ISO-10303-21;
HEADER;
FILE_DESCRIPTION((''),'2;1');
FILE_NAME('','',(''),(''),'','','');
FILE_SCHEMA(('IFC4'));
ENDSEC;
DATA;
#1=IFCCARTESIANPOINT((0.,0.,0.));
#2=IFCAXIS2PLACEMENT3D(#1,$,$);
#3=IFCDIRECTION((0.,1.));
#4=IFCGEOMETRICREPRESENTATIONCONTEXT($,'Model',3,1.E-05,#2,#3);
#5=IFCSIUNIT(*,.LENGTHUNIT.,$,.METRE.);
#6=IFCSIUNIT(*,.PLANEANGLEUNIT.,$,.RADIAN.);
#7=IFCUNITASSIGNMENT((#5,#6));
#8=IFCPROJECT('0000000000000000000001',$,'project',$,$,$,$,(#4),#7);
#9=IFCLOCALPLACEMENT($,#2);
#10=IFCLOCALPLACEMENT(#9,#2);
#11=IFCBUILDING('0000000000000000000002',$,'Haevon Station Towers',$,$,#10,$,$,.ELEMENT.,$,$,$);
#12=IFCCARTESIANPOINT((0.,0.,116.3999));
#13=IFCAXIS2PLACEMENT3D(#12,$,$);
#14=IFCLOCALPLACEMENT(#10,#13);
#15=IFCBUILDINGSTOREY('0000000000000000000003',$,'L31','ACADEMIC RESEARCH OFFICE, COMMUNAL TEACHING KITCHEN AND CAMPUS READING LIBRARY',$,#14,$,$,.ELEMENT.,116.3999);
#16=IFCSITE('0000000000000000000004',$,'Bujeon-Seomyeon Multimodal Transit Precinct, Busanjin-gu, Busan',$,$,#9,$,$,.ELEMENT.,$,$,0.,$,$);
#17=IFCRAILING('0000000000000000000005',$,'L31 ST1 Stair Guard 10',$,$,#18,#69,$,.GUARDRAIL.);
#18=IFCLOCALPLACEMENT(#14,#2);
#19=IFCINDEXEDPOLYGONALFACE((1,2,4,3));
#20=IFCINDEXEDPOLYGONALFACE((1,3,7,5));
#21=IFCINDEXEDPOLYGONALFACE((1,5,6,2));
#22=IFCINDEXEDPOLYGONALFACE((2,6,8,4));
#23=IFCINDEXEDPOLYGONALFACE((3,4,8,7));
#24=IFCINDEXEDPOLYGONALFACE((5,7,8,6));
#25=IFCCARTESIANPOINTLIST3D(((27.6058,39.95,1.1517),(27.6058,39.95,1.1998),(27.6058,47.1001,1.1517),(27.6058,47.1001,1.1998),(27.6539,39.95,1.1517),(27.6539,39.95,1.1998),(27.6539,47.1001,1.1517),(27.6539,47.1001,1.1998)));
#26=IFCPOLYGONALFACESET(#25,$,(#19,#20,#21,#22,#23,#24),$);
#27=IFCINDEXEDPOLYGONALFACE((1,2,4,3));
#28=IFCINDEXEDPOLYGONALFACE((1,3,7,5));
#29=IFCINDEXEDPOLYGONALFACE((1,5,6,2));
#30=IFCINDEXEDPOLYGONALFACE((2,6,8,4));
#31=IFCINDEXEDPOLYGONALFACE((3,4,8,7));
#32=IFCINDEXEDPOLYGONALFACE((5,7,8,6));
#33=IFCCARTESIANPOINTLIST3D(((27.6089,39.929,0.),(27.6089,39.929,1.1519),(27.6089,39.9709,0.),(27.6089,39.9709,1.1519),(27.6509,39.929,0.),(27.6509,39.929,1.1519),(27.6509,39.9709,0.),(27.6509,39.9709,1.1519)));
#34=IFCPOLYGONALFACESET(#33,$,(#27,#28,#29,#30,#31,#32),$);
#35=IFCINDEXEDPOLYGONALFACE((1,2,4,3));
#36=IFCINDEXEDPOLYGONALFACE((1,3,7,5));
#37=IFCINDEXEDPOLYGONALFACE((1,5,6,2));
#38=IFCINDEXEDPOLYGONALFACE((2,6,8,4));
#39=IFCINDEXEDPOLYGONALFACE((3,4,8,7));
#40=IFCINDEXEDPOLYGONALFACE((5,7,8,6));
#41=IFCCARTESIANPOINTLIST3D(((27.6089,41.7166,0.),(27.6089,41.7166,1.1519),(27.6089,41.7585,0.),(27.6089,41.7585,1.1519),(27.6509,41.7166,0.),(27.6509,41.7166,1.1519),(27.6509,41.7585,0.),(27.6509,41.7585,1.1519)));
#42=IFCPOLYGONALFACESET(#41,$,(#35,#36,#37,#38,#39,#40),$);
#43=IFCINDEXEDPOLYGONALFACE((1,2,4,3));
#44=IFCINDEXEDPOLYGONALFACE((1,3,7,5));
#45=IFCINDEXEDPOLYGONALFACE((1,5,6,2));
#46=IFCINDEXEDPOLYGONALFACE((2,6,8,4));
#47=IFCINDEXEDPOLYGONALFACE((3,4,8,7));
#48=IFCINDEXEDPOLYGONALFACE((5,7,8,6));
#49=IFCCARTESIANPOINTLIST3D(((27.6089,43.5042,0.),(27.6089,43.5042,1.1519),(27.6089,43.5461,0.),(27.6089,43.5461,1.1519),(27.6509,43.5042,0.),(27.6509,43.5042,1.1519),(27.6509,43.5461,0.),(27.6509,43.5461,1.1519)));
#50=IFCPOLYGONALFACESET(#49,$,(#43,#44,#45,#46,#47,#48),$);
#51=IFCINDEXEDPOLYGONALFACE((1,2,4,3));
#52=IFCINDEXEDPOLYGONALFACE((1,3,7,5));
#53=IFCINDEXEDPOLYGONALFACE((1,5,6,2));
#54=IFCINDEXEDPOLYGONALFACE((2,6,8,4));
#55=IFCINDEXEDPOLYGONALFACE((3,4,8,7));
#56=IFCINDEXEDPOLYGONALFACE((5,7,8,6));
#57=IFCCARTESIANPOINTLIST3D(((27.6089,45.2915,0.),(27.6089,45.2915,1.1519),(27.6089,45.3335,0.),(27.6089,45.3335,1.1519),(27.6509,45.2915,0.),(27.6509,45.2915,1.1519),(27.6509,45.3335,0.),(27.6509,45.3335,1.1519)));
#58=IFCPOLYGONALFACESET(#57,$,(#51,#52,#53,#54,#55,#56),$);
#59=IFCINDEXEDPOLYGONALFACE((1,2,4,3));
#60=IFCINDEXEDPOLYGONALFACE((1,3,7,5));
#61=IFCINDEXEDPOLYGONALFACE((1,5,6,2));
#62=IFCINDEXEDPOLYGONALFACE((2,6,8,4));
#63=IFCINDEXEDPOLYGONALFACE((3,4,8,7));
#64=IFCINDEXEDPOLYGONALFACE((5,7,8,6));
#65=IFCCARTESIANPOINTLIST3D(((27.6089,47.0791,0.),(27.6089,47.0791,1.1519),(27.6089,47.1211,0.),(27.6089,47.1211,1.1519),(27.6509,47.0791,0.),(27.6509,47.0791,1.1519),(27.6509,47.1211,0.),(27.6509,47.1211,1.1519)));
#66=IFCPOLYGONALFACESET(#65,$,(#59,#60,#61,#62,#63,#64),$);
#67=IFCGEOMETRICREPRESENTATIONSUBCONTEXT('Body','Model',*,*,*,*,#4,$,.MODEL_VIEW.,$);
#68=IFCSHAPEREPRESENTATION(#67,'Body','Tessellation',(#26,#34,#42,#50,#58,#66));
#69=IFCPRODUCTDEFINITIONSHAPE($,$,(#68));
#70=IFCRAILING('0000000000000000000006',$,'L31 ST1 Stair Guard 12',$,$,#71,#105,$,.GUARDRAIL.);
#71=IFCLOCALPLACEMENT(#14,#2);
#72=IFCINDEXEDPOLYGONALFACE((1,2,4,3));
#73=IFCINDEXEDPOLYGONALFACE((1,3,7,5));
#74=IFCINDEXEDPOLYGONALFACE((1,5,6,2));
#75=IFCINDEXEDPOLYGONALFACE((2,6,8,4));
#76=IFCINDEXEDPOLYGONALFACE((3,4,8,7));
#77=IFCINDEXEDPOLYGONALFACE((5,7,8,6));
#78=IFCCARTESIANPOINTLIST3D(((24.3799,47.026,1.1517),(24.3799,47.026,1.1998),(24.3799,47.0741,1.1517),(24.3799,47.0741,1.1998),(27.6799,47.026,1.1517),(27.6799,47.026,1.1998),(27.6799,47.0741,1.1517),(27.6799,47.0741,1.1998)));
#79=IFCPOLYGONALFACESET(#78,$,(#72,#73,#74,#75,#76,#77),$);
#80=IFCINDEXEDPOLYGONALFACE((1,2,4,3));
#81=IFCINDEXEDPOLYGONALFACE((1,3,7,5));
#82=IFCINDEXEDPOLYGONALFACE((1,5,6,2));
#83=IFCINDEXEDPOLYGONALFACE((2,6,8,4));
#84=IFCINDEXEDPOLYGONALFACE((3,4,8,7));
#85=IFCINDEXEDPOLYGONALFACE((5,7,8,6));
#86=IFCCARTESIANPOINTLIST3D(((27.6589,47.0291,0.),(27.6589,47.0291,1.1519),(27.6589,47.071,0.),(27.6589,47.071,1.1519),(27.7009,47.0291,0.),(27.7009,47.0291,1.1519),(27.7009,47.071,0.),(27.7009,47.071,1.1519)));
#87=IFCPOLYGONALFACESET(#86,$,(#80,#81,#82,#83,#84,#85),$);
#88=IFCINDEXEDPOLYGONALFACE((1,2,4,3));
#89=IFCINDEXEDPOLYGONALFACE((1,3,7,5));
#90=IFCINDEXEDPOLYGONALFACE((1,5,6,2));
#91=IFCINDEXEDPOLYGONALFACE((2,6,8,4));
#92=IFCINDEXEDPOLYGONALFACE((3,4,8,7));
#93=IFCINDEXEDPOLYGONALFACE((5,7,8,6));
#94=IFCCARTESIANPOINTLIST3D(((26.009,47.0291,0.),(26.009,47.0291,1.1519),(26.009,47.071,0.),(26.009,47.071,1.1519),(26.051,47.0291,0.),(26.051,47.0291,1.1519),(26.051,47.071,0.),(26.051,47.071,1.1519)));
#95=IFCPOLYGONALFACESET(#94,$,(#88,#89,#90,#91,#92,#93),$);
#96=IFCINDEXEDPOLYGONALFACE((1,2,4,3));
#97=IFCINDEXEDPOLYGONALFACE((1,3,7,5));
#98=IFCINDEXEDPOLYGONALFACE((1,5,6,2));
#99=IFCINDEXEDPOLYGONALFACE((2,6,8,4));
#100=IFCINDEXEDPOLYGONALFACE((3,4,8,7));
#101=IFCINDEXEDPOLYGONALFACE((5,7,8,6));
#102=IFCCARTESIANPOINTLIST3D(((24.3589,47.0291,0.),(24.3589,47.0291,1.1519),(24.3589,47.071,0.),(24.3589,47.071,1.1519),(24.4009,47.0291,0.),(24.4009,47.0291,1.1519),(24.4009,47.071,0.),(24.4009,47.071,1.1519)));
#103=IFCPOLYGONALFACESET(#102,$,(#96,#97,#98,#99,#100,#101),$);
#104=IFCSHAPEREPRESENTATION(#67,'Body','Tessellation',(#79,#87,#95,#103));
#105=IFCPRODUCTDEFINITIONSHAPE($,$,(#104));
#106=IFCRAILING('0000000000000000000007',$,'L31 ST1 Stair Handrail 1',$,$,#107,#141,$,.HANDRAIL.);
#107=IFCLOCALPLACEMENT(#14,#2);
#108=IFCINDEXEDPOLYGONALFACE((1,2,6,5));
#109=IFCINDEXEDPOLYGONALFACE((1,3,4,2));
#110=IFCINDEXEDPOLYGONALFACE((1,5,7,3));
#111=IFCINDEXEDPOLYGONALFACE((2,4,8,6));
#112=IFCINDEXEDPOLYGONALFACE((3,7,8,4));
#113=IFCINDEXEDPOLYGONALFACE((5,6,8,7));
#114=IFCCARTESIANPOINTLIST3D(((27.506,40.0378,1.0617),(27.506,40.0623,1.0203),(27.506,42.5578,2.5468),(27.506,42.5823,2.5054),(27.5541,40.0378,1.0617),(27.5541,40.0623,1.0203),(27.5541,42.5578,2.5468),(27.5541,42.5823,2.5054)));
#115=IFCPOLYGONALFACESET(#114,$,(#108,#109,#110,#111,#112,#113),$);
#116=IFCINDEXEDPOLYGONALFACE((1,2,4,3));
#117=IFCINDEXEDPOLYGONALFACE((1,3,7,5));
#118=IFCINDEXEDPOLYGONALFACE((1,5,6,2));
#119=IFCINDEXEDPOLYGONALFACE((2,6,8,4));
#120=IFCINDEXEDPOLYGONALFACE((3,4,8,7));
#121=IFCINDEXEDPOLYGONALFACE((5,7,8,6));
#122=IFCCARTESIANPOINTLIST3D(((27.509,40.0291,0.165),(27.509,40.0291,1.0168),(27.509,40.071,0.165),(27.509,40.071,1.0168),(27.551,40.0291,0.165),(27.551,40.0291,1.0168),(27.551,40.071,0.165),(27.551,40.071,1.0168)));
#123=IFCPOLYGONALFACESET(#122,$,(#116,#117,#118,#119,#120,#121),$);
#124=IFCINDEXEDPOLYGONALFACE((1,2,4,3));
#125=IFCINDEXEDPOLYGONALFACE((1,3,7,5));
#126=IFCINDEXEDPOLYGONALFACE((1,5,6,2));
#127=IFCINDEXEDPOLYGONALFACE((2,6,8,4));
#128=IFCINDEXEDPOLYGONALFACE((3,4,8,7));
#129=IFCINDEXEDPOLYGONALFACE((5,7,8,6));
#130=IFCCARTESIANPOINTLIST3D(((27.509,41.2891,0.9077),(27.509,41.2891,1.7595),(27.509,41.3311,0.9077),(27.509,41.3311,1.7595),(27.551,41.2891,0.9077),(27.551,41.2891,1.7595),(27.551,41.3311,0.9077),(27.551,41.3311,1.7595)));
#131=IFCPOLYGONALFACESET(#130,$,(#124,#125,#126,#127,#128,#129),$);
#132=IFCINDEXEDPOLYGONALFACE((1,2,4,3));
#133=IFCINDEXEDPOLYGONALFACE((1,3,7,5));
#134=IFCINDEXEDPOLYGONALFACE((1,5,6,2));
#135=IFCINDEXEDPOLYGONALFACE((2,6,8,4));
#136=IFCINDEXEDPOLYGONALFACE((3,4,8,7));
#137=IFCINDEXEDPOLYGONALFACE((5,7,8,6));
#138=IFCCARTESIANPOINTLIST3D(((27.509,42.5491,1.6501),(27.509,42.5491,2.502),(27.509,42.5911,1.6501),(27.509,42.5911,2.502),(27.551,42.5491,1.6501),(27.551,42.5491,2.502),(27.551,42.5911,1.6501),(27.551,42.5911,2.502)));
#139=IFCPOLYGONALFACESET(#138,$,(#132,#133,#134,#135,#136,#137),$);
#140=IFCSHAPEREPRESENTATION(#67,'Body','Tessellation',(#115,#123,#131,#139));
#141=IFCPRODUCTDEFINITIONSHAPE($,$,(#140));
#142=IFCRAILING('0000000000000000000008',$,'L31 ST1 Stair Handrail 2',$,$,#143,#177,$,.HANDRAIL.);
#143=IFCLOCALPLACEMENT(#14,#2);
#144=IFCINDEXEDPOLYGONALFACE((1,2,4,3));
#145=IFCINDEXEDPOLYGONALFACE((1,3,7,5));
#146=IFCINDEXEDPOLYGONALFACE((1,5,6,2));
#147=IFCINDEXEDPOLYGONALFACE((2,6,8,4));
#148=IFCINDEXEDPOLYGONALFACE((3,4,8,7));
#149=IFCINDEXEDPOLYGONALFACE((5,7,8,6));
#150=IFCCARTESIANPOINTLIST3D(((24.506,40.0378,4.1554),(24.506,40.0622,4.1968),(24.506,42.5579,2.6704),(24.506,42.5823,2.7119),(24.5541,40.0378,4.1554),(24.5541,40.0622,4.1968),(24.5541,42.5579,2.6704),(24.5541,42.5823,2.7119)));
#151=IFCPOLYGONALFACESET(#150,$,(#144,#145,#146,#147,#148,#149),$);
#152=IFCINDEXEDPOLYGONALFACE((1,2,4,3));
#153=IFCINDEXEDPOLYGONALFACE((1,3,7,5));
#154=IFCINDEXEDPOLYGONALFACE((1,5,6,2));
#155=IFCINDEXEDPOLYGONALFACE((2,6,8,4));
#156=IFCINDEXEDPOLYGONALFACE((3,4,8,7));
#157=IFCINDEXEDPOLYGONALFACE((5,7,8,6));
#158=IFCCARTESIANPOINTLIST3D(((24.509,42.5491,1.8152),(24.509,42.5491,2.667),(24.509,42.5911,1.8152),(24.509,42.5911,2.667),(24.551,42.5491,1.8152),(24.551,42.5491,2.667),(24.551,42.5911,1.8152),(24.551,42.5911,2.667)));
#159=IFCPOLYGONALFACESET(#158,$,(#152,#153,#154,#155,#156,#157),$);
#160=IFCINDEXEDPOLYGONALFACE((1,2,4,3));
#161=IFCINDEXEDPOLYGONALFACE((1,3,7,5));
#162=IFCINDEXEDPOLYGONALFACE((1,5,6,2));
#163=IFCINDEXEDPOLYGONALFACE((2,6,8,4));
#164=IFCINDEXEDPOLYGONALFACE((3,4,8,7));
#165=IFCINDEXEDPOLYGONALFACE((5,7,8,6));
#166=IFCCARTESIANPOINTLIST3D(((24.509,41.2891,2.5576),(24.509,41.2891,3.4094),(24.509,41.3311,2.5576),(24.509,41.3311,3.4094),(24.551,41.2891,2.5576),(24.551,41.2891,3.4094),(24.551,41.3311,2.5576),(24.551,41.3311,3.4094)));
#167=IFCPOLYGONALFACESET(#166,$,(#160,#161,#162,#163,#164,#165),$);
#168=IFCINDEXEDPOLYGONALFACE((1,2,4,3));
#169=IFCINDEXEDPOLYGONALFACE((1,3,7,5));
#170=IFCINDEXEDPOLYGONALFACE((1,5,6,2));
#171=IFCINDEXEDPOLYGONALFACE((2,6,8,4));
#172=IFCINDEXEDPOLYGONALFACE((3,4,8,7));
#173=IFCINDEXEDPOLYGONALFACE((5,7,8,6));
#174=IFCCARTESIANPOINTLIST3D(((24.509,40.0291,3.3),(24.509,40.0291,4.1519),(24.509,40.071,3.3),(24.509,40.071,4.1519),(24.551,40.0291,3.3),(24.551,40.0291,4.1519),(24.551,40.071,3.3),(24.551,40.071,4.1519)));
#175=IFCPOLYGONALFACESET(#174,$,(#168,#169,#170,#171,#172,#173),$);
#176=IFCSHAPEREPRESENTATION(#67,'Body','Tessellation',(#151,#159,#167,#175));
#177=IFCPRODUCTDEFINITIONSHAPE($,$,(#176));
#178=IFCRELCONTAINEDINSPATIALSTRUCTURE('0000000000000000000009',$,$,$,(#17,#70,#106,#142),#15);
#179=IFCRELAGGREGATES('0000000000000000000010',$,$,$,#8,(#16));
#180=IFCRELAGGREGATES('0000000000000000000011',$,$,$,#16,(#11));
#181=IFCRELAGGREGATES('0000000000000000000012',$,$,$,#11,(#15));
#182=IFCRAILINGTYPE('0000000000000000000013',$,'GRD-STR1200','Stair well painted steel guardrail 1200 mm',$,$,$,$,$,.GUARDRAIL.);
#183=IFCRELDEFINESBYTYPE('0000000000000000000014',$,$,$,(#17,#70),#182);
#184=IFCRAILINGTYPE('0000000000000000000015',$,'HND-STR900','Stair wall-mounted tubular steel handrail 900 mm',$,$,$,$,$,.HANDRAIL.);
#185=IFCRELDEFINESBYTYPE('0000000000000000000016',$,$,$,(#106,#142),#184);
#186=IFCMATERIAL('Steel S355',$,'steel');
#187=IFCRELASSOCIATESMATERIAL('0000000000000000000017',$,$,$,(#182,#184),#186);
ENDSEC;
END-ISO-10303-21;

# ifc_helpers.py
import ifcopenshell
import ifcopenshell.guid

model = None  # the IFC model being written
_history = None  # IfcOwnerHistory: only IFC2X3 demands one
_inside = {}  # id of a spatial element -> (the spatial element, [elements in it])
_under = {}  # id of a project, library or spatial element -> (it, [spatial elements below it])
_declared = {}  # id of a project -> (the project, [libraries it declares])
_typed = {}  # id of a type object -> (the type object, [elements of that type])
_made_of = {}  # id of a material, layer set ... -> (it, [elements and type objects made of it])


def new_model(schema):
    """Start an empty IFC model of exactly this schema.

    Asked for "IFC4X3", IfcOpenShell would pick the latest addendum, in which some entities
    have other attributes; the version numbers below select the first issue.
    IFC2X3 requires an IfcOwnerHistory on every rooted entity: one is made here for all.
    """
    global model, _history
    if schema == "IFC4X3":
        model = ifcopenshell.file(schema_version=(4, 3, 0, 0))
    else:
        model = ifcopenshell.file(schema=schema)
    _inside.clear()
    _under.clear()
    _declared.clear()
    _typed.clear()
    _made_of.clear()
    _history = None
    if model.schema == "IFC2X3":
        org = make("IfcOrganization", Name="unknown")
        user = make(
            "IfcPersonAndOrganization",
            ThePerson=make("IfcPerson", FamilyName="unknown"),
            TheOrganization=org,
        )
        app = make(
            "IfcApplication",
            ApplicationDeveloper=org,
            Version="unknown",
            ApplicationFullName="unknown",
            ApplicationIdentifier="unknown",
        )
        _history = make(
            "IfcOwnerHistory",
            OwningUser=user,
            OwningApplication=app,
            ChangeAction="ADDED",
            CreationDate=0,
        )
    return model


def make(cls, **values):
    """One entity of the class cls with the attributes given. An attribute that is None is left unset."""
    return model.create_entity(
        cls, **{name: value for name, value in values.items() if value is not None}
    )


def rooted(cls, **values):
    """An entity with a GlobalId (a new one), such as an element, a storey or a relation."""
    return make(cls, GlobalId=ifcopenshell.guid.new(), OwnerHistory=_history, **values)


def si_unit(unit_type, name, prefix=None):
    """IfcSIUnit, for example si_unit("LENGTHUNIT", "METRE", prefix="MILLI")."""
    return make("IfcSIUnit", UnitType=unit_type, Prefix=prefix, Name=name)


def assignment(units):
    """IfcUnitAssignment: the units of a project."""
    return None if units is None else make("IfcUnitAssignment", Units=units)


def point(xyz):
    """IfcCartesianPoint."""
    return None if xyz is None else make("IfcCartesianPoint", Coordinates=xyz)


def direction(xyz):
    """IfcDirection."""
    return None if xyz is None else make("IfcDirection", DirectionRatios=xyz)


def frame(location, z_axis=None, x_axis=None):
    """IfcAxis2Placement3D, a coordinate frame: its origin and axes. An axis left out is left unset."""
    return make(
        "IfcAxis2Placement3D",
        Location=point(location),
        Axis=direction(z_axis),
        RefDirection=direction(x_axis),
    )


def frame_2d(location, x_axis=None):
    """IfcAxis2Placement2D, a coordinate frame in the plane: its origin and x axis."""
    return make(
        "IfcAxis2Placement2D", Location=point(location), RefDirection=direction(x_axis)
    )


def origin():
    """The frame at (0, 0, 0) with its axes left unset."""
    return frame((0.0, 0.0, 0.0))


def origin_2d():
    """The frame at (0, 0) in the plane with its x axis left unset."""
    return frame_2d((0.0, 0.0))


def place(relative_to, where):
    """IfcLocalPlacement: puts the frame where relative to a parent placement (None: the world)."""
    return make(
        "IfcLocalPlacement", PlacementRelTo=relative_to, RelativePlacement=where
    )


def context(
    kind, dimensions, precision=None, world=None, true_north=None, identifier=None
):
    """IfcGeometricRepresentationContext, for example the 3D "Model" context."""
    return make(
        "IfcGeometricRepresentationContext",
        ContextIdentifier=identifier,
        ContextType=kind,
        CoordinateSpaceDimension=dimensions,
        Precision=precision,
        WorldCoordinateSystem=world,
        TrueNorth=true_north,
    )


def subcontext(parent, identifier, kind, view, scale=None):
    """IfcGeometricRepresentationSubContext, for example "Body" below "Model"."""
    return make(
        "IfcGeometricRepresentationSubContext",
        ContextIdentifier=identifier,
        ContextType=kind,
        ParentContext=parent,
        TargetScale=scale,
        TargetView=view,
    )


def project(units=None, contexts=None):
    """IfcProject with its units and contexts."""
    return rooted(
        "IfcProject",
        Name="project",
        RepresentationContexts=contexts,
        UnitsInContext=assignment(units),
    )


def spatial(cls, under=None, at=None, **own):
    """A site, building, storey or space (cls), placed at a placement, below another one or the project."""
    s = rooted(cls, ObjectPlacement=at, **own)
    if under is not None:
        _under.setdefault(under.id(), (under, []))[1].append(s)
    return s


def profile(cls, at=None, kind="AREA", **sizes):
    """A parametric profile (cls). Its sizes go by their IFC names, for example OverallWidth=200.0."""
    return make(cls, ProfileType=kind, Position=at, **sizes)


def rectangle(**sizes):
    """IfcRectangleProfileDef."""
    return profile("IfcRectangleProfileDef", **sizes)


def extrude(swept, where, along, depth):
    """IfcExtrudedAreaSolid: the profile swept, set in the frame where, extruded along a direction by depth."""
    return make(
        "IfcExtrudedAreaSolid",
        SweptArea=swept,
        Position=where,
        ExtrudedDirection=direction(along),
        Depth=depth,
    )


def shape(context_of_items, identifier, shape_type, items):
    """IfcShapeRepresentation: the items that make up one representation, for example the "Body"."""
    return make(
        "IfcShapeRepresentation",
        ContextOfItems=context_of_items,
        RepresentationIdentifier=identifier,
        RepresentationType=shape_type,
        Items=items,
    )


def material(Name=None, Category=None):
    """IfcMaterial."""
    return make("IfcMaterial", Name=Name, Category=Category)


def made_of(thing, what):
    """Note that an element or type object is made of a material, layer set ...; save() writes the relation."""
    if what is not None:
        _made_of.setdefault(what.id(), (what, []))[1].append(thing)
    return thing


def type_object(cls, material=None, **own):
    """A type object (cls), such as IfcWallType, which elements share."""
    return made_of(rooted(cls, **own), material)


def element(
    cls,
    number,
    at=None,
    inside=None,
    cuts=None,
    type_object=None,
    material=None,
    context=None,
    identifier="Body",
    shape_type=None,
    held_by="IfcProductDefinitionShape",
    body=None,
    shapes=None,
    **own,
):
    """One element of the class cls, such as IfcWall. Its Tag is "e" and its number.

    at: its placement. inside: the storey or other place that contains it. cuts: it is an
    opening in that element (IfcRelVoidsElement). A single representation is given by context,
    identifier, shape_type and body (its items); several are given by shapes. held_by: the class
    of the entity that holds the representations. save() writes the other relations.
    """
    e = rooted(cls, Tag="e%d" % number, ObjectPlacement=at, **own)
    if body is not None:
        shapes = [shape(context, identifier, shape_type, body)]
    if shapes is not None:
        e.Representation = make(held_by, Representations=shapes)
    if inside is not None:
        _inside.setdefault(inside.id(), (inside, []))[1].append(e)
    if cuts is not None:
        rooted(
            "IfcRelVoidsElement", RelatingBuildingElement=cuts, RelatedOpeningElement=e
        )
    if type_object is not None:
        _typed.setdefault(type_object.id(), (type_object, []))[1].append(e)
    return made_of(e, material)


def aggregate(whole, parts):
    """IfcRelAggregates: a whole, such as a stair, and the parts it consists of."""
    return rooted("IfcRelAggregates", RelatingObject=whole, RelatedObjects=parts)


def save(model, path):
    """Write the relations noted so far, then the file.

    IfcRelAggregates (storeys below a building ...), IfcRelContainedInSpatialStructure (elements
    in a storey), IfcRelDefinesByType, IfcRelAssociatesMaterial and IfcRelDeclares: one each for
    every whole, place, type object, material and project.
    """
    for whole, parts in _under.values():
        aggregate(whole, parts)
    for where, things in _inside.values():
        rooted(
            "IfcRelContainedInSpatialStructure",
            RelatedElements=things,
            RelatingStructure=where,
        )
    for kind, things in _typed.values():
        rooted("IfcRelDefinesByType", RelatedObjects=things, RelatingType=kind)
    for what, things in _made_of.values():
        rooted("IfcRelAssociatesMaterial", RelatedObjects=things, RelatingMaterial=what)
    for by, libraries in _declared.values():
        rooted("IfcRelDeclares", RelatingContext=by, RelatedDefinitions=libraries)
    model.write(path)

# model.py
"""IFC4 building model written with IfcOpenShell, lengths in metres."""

from ifc_helpers import new_model, si_unit, direction, frame, origin, origin_2d, place, context, subcontext, project, spatial, rectangle, extrude, material, type_object, element, save


model = new_model("IFC4")

# Units and contexts
model_context = context("Model", 3, precision=1e-05, world=origin(), true_north=direction((0.0, 1.0)))
body_context = subcontext(model_context, "Body", "Model", "MODEL_VIEW")
ifc_project = project(units=[si_unit("LENGTHUNIT", "METRE"), si_unit("PLANEANGLEUNIT", "RADIAN")], contexts=[model_context])

# Site, building, storey
site_placement = place(None, origin())
site = spatial("IfcSite", under=ifc_project, at=site_placement, Name="Bujeon-Seomyeon Multimodal Transit Precinct, Busanjin-gu, Busan", CompositionType="ELEMENT", RefElevation=0.0)
building_placement = place(site_placement, origin())
building = spatial("IfcBuilding", under=site, at=building_placement, Name="Haevon Station Towers", CompositionType="ELEMENT")
storey_placement = place(building_placement, frame((0.0, 0.0, 116.3999)))
storey = spatial("IfcBuildingStorey", under=building, at=storey_placement, Name="L31", Description="ACADEMIC RESEARCH OFFICE, COMMUNAL TEACHING KITCHEN AND CAMPUS READING LIBRARY", CompositionType="ELEMENT", Elevation=116.3999)

# Shared definitions
ifc_material_1 = material(Name="Steel S355", Category="steel")

# Railings
railing_type_1 = type_object("IfcRailingType", Name="GRD-STR1200", Description="Stair well painted steel guardrail 1200 mm", PredefinedType="GUARDRAIL", material=ifc_material_1)
railing_1_placement = place(storey_placement, frame((27.6299, 39.95, 0.0)))
element("IfcRailing", 1, at=railing_1_placement, inside=storey, type_object=railing_type_1, Name="L31 ST1 Stair Guard 10", PredefinedType="GUARDRAIL", context=body_context, shape_type="SweptSolid", body=[
    extrude(rectangle(XDim=0.0481, YDim=0.0481, at=origin_2d()), frame((0.0, 0.0, 1.1758), z_axis=(0.0, 1.0, 0.0), x_axis=(-1.0, 0.0, 0.0)), (0.0, 0.0, 1.0), 7.1501),
    extrude(rectangle(XDim=0.042, YDim=0.042, at=origin_2d()), origin(), (0.0, 0.0, 1.0), 1.1519),
    extrude(rectangle(XDim=0.042, YDim=0.042, at=origin_2d()), frame((0.0, 1.7876, 0.0)), (0.0, 0.0, 1.0), 1.1519),
    extrude(rectangle(XDim=0.042, YDim=0.042, at=origin_2d()), frame((0.0, 3.5752, 0.0)), (0.0, 0.0, 1.0), 1.1519),
    extrude(rectangle(XDim=0.042, YDim=0.042, at=origin_2d()), frame((0.0, 5.3625, 0.0)), (0.0, 0.0, 1.0), 1.1519),
    extrude(rectangle(XDim=0.042, YDim=0.042, at=origin_2d()), frame((0.0, 7.1501, 0.0)), (0.0, 0.0, 1.0), 1.1519),
])
railing_2_placement = place(storey_placement, frame((27.6799, 47.05, 0.0)))
element("IfcRailing", 2, at=railing_2_placement, inside=storey, type_object=railing_type_1, Name="L31 ST1 Stair Guard 12", PredefinedType="GUARDRAIL", context=body_context, shape_type="SweptSolid", body=[
    extrude(rectangle(XDim=0.0481, YDim=0.0481, at=origin_2d()), frame((0.0, 0.0, 1.1758), z_axis=(-1.0, 0.0, 0.0), x_axis=(0.0, -1.0, 0.0)), (0.0, 0.0, 1.0), 3.3),
    extrude(rectangle(XDim=0.042, YDim=0.042, at=origin_2d()), origin(), (0.0, 0.0, 1.0), 1.1519),
    extrude(rectangle(XDim=0.042, YDim=0.042, at=origin_2d()), frame((-1.6499, 0.0, 0.0)), (0.0, 0.0, 1.0), 1.1519),
    extrude(rectangle(XDim=0.042, YDim=0.042, at=origin_2d()), frame((-3.3, 0.0, 0.0)), (0.0, 0.0, 1.0), 1.1519),
])
railing_type_2 = type_object("IfcRailingType", Name="HND-STR900", Description="Stair wall-mounted tubular steel handrail 900 mm", PredefinedType="HANDRAIL", material=ifc_material_1)
railing_3_placement = place(storey_placement, frame((27.53, 40.05, 0.165)))
element("IfcRailing", 3, at=railing_3_placement, inside=storey, type_object=railing_type_2, Name="L31 ST1 Stair Handrail 1", PredefinedType="HANDRAIL", context=body_context, shape_type="SweptSolid", body=[
    extrude(rectangle(XDim=0.0481, YDim=0.0481, at=origin_2d()), frame((0.0, 0.0, 0.876), z_axis=(0.0, 0.861524, 0.507717), x_axis=(-1.0, 0.0, 0.0)), (0.0, 0.0, 1.0), 2.925),
    extrude(rectangle(XDim=0.042, YDim=0.042, at=origin_2d()), origin(), (0.0, 0.0, 1.0), 0.8518),
    extrude(rectangle(XDim=0.042, YDim=0.042, at=origin_2d()), frame((0.0, 1.26, 0.7427)), (0.0, 0.0, 1.0), 0.8518),
    extrude(rectangle(XDim=0.042, YDim=0.042, at=origin_2d()), frame((0.0, 2.52, 1.4851)), (0.0, 0.0, 1.0), 0.8518),
])
railing_4_placement = place(storey_placement, frame((24.53, 42.5701, 1.8152)))
element("IfcRailing", 4, at=railing_4_placement, inside=storey, type_object=railing_type_2, Name="L31 ST1 Stair Handrail 2", PredefinedType="HANDRAIL", context=body_context, shape_type="SweptSolid", body=[
    extrude(rectangle(XDim=0.0481, YDim=0.0481, at=origin_2d()), frame((0.0, 0.0, 0.876), z_axis=(0.0, -0.861561, 0.507655), x_axis=(1.0, 0.0, 0.0)), (0.0, 0.0, 1.0), 2.925),
    extrude(rectangle(XDim=0.042, YDim=0.042, at=origin_2d()), origin(), (0.0, 0.0, 1.0), 0.8518),
    extrude(rectangle(XDim=0.042, YDim=0.042, at=origin_2d()), frame((0.0, -1.26, 0.7424)), (0.0, 0.0, 1.0), 0.8518),
    extrude(rectangle(XDim=0.042, YDim=0.042, at=origin_2d()), frame((0.0, -2.52, 1.4849)), (0.0, 0.0, 1.0), 0.8518),
])

save(model, "model.ifc")
